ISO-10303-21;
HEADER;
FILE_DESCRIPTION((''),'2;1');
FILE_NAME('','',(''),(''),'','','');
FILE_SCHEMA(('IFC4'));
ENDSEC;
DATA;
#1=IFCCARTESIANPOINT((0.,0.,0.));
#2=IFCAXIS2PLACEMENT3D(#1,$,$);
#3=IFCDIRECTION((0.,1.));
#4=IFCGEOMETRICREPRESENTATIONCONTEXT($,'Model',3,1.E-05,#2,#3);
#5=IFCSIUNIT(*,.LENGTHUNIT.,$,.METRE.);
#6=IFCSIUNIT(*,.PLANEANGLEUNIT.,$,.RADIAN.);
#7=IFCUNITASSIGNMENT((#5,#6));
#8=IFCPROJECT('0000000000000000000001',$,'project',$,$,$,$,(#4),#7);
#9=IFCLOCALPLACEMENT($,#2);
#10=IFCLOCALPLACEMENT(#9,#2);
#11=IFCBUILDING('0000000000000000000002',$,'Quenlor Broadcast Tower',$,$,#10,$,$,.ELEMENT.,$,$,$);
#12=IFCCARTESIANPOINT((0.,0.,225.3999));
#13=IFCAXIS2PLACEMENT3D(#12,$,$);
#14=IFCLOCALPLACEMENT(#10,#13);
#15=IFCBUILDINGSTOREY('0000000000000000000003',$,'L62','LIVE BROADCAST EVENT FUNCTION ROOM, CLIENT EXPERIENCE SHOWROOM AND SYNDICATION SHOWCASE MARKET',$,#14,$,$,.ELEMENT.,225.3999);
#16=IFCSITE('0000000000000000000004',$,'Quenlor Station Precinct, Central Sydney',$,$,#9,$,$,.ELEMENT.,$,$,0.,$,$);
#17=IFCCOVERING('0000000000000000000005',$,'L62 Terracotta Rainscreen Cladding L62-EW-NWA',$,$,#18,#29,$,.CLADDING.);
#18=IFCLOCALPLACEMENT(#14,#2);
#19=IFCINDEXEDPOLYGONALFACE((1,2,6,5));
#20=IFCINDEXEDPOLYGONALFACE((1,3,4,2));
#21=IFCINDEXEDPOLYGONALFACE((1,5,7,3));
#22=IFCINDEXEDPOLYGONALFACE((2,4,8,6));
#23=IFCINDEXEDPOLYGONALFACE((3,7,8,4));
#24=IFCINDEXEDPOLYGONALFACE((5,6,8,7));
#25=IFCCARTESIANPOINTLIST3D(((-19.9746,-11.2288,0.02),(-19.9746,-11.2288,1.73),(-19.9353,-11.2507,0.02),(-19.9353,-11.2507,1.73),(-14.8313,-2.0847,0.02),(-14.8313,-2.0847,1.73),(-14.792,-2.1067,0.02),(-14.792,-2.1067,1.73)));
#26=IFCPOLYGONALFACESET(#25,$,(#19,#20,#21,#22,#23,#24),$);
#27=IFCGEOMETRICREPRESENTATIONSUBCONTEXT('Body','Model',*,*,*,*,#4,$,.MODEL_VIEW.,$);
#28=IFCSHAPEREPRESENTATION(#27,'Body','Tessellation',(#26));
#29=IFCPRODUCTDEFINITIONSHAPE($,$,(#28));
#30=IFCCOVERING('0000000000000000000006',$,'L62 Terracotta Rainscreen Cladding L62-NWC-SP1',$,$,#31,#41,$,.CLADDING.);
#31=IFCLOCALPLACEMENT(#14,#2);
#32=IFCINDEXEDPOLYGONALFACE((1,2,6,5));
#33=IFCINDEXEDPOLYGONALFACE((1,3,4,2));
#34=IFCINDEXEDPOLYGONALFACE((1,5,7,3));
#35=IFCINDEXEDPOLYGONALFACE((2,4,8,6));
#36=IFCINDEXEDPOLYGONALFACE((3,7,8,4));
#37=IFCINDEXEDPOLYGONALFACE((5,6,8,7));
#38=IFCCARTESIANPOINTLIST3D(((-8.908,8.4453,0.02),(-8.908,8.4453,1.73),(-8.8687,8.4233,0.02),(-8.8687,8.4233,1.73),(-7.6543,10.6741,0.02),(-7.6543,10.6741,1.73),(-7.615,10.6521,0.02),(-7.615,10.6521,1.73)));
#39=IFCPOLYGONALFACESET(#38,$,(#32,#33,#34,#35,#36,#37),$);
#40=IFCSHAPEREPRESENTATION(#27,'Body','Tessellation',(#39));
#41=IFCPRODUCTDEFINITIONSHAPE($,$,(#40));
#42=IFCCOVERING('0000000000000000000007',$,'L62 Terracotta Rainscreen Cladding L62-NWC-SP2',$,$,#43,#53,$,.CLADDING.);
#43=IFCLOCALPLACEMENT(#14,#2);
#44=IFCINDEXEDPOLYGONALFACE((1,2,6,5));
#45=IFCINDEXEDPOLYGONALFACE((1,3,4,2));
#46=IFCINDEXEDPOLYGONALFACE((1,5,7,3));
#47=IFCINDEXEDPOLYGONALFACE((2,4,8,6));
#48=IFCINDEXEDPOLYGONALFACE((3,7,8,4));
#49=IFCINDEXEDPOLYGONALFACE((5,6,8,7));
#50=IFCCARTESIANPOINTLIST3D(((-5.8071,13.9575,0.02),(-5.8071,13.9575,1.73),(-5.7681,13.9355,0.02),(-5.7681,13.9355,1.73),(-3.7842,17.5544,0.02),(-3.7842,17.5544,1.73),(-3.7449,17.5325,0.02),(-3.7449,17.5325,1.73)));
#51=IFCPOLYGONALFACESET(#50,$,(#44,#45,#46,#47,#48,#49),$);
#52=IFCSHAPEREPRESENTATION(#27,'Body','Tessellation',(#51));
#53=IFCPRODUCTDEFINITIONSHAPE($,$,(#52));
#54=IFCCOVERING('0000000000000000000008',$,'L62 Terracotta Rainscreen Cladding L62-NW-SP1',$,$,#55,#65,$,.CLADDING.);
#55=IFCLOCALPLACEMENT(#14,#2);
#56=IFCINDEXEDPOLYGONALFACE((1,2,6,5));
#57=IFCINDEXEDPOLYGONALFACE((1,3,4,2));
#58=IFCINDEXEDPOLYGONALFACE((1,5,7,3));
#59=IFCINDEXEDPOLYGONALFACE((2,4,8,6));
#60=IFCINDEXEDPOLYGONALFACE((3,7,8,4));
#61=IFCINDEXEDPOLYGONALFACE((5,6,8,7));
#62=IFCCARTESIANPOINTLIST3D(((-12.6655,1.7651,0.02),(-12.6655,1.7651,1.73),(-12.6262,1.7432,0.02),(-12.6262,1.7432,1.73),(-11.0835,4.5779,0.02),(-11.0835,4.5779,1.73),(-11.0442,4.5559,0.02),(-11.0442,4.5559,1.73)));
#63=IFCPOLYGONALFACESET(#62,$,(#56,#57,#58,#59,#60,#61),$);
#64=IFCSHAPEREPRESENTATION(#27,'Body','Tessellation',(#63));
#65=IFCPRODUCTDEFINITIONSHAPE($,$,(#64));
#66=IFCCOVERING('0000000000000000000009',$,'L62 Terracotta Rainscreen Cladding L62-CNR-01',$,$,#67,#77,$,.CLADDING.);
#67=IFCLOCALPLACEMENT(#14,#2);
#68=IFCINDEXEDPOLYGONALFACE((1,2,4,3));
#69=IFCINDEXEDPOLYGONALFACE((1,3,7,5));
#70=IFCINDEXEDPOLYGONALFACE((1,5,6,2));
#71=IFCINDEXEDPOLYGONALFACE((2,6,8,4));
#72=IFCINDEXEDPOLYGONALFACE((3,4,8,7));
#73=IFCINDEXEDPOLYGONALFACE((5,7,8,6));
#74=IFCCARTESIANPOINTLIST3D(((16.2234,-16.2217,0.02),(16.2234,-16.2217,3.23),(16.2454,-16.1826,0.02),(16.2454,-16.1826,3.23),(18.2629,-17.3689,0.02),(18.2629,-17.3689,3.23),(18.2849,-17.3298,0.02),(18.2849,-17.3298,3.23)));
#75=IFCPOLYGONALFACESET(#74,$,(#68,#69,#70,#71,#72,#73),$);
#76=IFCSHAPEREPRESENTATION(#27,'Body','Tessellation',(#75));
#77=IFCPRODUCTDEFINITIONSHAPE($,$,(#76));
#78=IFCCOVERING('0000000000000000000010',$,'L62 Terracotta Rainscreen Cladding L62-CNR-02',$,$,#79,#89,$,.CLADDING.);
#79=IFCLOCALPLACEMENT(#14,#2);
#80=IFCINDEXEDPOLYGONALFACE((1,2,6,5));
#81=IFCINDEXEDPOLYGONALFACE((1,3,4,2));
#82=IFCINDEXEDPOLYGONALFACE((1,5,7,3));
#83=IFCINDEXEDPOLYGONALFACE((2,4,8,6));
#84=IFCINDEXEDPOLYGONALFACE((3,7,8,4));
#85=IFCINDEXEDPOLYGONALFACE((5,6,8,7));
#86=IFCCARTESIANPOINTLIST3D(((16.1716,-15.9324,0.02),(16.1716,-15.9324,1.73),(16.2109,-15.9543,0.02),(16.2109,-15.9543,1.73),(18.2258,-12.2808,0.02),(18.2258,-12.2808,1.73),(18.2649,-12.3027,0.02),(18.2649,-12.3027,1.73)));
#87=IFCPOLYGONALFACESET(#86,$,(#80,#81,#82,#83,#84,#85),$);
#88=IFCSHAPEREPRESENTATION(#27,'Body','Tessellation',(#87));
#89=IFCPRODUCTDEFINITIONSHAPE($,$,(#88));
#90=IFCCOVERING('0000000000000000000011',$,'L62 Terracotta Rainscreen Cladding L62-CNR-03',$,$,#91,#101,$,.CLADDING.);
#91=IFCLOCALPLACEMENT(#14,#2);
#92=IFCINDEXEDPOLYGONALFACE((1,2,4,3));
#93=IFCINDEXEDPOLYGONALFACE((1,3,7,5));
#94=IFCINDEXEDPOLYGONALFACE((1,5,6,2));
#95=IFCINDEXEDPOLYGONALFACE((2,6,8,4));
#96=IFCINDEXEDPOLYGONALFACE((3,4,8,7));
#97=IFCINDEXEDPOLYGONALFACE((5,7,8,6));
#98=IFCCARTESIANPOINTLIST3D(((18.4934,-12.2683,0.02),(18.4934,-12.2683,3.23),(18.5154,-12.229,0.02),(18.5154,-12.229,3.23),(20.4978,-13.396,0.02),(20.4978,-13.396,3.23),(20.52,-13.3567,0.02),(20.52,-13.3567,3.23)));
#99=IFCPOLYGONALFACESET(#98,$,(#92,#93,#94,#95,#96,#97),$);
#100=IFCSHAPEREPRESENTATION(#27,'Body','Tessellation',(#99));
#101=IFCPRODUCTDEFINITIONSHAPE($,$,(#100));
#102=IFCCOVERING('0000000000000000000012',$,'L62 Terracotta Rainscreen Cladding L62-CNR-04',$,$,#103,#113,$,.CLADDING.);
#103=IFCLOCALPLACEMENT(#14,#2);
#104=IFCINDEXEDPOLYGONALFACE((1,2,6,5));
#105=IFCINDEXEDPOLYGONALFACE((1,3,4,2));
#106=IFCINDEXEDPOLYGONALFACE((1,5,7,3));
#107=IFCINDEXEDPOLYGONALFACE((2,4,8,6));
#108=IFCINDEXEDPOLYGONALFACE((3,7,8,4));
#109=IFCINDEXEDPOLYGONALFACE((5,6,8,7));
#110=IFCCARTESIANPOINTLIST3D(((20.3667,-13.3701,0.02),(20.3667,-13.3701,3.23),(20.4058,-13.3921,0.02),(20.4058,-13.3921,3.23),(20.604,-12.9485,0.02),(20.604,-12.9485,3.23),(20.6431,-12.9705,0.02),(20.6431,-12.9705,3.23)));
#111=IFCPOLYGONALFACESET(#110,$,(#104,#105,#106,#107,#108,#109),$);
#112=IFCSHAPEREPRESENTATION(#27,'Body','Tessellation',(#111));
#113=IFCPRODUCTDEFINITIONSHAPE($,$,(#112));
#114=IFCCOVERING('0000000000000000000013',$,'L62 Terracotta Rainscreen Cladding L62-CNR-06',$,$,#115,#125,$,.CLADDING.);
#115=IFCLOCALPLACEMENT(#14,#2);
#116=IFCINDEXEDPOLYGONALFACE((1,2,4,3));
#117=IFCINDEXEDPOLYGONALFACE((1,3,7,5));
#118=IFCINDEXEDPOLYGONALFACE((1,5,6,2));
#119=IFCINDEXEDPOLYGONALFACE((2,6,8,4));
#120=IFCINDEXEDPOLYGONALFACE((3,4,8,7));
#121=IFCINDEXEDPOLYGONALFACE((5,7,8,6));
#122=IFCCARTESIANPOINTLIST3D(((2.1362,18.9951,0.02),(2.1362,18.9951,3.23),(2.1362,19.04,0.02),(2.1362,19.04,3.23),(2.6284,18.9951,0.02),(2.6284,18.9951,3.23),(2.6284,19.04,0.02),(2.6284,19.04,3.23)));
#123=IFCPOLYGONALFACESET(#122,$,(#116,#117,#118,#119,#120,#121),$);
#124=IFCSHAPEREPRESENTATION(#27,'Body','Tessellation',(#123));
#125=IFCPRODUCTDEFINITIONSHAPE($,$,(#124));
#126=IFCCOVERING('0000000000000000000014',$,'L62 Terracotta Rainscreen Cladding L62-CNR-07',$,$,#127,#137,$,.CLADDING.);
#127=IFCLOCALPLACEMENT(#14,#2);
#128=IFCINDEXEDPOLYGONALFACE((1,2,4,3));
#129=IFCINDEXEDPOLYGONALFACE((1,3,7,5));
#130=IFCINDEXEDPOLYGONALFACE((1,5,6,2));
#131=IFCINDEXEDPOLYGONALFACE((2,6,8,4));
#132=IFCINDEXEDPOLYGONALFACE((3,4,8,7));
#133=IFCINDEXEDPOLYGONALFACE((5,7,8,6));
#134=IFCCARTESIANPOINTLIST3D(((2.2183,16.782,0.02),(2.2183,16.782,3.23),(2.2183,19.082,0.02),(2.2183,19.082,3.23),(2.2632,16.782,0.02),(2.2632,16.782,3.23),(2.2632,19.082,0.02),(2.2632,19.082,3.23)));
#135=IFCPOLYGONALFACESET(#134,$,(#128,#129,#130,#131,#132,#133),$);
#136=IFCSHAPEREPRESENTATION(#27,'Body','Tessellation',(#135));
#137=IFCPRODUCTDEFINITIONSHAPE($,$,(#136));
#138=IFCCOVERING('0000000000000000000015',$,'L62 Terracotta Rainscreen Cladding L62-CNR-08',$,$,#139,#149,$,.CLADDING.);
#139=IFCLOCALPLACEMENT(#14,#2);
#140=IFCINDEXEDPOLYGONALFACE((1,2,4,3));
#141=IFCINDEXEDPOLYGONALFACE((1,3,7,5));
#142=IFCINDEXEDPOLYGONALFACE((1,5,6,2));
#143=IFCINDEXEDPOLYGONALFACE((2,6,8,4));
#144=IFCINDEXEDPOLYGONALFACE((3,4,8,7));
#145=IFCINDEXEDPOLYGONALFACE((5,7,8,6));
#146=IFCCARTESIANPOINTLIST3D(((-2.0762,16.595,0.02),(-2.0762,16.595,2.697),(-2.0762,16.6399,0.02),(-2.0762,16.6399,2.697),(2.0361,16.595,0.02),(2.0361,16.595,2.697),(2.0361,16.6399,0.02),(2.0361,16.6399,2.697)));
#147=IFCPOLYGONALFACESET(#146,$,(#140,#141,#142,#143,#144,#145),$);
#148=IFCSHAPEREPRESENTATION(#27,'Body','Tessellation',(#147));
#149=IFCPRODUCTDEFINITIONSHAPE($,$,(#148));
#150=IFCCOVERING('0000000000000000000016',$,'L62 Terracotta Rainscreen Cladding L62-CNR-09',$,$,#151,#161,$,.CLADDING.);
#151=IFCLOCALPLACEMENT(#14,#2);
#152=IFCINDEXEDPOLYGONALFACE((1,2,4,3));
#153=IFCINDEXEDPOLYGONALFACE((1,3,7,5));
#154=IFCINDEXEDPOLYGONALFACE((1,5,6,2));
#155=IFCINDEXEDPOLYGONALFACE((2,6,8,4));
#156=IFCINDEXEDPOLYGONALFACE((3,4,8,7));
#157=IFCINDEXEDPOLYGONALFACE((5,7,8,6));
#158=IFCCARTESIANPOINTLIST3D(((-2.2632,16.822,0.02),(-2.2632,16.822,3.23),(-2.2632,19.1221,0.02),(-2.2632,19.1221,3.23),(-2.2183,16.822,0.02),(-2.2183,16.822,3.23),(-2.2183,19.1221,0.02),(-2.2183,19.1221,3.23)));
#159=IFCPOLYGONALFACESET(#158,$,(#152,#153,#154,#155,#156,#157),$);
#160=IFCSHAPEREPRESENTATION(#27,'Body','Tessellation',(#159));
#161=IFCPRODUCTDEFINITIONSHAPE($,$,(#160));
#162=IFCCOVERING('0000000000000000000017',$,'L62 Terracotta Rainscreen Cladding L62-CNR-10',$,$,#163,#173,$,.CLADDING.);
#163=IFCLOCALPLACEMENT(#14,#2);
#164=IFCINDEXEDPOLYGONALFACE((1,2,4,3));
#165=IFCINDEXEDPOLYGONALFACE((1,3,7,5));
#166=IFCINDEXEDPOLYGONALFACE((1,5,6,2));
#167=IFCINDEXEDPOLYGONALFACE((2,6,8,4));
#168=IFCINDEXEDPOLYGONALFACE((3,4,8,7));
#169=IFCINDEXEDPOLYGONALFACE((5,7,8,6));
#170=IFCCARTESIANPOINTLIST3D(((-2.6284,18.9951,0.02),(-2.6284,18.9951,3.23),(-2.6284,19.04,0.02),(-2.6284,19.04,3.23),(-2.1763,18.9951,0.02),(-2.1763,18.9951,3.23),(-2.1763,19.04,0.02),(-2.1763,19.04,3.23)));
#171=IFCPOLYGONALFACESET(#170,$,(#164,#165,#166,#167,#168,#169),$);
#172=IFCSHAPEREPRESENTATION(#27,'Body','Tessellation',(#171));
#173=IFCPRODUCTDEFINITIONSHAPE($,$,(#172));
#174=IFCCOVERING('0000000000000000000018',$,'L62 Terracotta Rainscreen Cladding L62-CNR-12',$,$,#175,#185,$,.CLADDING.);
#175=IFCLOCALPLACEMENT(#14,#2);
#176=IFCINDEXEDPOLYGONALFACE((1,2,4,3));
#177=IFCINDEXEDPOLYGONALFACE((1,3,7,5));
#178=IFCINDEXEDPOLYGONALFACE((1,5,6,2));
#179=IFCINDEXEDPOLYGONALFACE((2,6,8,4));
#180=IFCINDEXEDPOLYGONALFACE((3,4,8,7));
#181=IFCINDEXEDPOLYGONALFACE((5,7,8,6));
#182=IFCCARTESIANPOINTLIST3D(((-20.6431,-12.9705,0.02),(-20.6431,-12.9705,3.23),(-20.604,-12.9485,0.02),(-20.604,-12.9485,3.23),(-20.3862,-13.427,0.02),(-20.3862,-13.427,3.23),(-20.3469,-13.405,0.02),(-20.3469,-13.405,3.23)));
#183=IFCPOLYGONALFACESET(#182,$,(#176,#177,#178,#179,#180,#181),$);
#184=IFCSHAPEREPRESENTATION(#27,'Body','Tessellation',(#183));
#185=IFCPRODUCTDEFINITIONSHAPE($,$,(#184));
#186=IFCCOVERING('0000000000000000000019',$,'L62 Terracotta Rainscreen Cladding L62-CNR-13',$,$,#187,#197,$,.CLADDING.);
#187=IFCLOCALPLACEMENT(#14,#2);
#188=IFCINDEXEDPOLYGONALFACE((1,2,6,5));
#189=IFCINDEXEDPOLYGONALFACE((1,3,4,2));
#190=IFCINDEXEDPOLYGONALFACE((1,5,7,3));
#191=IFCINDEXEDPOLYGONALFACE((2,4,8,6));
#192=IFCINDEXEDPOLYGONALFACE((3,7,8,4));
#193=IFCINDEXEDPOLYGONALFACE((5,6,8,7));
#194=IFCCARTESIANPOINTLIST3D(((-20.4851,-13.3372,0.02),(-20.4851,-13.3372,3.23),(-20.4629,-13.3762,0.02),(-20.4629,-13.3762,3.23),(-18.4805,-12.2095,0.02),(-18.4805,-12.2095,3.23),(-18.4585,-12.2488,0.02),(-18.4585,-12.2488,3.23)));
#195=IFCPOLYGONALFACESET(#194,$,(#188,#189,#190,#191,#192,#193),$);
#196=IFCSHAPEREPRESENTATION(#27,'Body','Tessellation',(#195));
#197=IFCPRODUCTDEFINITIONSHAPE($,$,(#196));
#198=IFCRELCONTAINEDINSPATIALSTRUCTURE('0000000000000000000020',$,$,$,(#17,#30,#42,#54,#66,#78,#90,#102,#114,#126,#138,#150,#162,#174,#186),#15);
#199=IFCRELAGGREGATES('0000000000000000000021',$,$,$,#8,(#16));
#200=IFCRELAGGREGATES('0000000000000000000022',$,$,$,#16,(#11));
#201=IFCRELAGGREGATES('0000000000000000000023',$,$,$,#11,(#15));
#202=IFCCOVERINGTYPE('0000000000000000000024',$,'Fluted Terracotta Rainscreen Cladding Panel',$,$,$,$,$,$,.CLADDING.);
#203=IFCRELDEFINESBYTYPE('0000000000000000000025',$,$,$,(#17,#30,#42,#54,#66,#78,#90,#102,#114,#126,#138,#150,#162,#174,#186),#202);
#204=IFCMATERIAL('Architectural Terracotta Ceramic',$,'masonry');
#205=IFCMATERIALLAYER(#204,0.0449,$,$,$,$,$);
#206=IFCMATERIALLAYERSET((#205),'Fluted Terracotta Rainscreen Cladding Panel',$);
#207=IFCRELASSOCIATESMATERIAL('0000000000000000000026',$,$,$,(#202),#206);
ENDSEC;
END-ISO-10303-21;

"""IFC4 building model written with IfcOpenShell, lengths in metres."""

from ifc_helpers import new_model, si_unit, direction, frame, origin, place, context, subcontext, project, spatial, polyline, outline, extrude, material, layer, layer_set, type_object, element, save


model = new_model("IFC4")

# Units and contexts
model_context = context("Model", 3, precision=1e-05, world=origin(), true_north=direction((0.0, 1.0)))
body_context = subcontext(model_context, "Body", "Model", "MODEL_VIEW")
ifc_project = project(units=[si_unit("LENGTHUNIT", "METRE"), si_unit("PLANEANGLEUNIT", "RADIAN")], contexts=[model_context])

# Site, building, storey
site_placement = place(None, origin())
site = spatial("IfcSite", under=ifc_project, at=site_placement, Name="Quenlor Station Precinct, Central Sydney", CompositionType="ELEMENT", RefElevation=0.0)
building_placement = place(site_placement, origin())
building = spatial("IfcBuilding", under=site, at=building_placement, Name="Quenlor Broadcast Tower", CompositionType="ELEMENT")
storey_placement = place(building_placement, frame((0.0, 0.0, 225.3999)))
storey = spatial("IfcBuildingStorey", under=building, at=storey_placement, Name="L62", Description="LIVE BROADCAST EVENT FUNCTION ROOM, CLIENT EXPERIENCE SHOWROOM AND SYNDICATION SHOWCASE MARKET", CompositionType="ELEMENT", Elevation=225.3999)

# Coverings
ifc_material_1 = material(Name="Architectural Terracotta Ceramic", Category="masonry")
ifc_layer_1 = layer(ifc_material_1, 0.0449)
ifc_layer_set_1 = layer_set([ifc_layer_1], Name="Fluted Terracotta Rainscreen Cladding Panel")
covering_type = type_object("IfcCoveringType", Name="Fluted Terracotta Rainscreen Cladding Panel", PredefinedType="CLADDING", material=ifc_layer_set_1)
covering_1_placement = place(storey_placement, frame((0.0, 0.0, 0.02)))
element("IfcCovering", 1, at=covering_1_placement, inside=storey, type_object=covering_type, Name="L62 Terracotta Rainscreen Cladding L62-EW-NWA", PredefinedType="CLADDING", context=body_context, shape_type="SweptSolid", body=[
    extrude(outline(polyline([(-19.9353, -11.2507), (-14.792, -2.1067), (-14.8313, -2.0847), (-19.9746, -11.2288), (-19.9353, -11.2507)])), origin(), (0.0, 0.0, 1.0), 1.71),
])
covering_2_placement = place(storey_placement, frame((0.0, 0.0, 0.02)))
element("IfcCovering", 2, at=covering_2_placement, inside=storey, type_object=covering_type, Name="L62 Terracotta Rainscreen Cladding L62-NWC-SP1", PredefinedType="CLADDING", context=body_context, shape_type="SweptSolid", body=[
    extrude(outline(polyline([(-8.8687, 8.4233), (-7.615, 10.6521), (-7.6543, 10.6741), (-8.908, 8.4453), (-8.8687, 8.4233)])), origin(), (0.0, 0.0, 1.0), 1.71),
])
covering_3_placement = place(storey_placement, frame((0.0, 0.0, 0.02)))
element("IfcCovering", 3, at=covering_3_placement, inside=storey, type_object=covering_type, Name="L62 Terracotta Rainscreen Cladding L62-NWC-SP2", PredefinedType="CLADDING", context=body_context, shape_type="SweptSolid", body=[
    extrude(outline(polyline([(-5.7681, 13.9355), (-3.7449, 17.5325), (-3.7842, 17.5544), (-5.8071, 13.9575), (-5.7681, 13.9355)])), origin(), (0.0, 0.0, 1.0), 1.71),
])
covering_4_placement = place(storey_placement, frame((0.0, 0.0, 0.02)))
element("IfcCovering", 4, at=covering_4_placement, inside=storey, type_object=covering_type, Name="L62 Terracotta Rainscreen Cladding L62-NW-SP1", PredefinedType="CLADDING", context=body_context, shape_type="SweptSolid", body=[
    extrude(outline(polyline([(-12.6262, 1.7432), (-11.0442, 4.5559), (-11.0835, 4.5779), (-12.6655, 1.7651), (-12.6262, 1.7432)])), origin(), (0.0, 0.0, 1.0), 1.71),
])
covering_5_placement = place(storey_placement, frame((0.0, 0.0, 0.02)))
element("IfcCovering", 5, at=covering_5_placement, inside=storey, type_object=covering_type, Name="L62 Terracotta Rainscreen Cladding L62-CNR-01", PredefinedType="CLADDING", context=body_context, shape_type="SweptSolid", body=[
    extrude(outline(polyline([(18.2849, -17.3298), (16.2454, -16.1826), (16.2234, -16.2217), (18.2629, -17.3689), (18.2849, -17.3298)])), origin(), (0.0, 0.0, 1.0), 3.21),
])
covering_6_placement = place(storey_placement, frame((0.0, 0.0, 0.02)))
element("IfcCovering", 6, at=covering_6_placement, inside=storey, type_object=covering_type, Name="L62 Terracotta Rainscreen Cladding L62-CNR-02", PredefinedType="CLADDING", context=body_context, shape_type="SweptSolid", body=[
    extrude(outline(polyline([(16.2109, -15.9543), (18.2649, -12.3027), (18.2258, -12.2808), (16.1716, -15.9324), (16.2109, -15.9543)])), origin(), (0.0, 0.0, 1.0), 1.71),
])
covering_7_placement = place(storey_placement, frame((0.0, 0.0, 0.02)))
element("IfcCovering", 7, at=covering_7_placement, inside=storey, type_object=covering_type, Name="L62 Terracotta Rainscreen Cladding L62-CNR-03", PredefinedType="CLADDING", context=body_context, shape_type="SweptSolid", body=[
    extrude(outline(polyline([(18.4934, -12.2683), (20.4978, -13.396), (20.52, -13.3567), (18.5154, -12.229), (18.4934, -12.2683)])), origin(), (0.0, 0.0, 1.0), 3.21),
])
covering_8_placement = place(storey_placement, frame((0.0, 0.0, 0.02)))
element("IfcCovering", 8, at=covering_8_placement, inside=storey, type_object=covering_type, Name="L62 Terracotta Rainscreen Cladding L62-CNR-04", PredefinedType="CLADDING", context=body_context, shape_type="SweptSolid", body=[
    extrude(outline(polyline([(20.4058, -13.3921), (20.6431, -12.9705), (20.604, -12.9485), (20.3667, -13.3701), (20.4058, -13.3921)])), origin(), (0.0, 0.0, 1.0), 3.21),
])
covering_9_placement = place(storey_placement, frame((0.0, 0.0, 0.02)))
element("IfcCovering", 9, at=covering_9_placement, inside=storey, type_object=covering_type, Name="L62 Terracotta Rainscreen Cladding L62-CNR-06", PredefinedType="CLADDING", context=body_context, shape_type="SweptSolid", body=[
    extrude(outline(polyline([(2.6284, 19.04), (2.1362, 19.04), (2.1362, 18.9951), (2.6284, 18.9951), (2.6284, 19.04)])), origin(), (0.0, 0.0, 1.0), 3.21),
])
covering_10_placement = place(storey_placement, frame((0.0, 0.0, 0.02)))
element("IfcCovering", 10, at=covering_10_placement, inside=storey, type_object=covering_type, Name="L62 Terracotta Rainscreen Cladding L62-CNR-07", PredefinedType="CLADDING", context=body_context, shape_type="SweptSolid", body=[
    extrude(outline(polyline([(2.2183, 19.082), (2.2183, 16.782), (2.2632, 16.782), (2.2632, 19.082), (2.2183, 19.082)])), origin(), (0.0, 0.0, 1.0), 3.21),
])
covering_11_placement = place(storey_placement, frame((0.0, 0.0, 0.02)))
element("IfcCovering", 11, at=covering_11_placement, inside=storey, type_object=covering_type, Name="L62 Terracotta Rainscreen Cladding L62-CNR-08", PredefinedType="CLADDING", context=body_context, shape_type="SweptSolid", body=[
    extrude(outline(polyline([(2.0361, 16.6399), (-2.0762, 16.6399), (-2.0762, 16.595), (2.0361, 16.595), (2.0361, 16.6399)])), origin(), (0.0, 0.0, 1.0), 2.677),
])
covering_12_placement = place(storey_placement, frame((0.0, 0.0, 0.02)))
element("IfcCovering", 12, at=covering_12_placement, inside=storey, type_object=covering_type, Name="L62 Terracotta Rainscreen Cladding L62-CNR-09", PredefinedType="CLADDING", context=body_context, shape_type="SweptSolid", body=[
    extrude(outline(polyline([(-2.2183, 16.822), (-2.2183, 19.1221), (-2.2632, 19.1221), (-2.2632, 16.822), (-2.2183, 16.822)])), origin(), (0.0, 0.0, 1.0), 3.21),
])
covering_13_placement = place(storey_placement, frame((0.0, 0.0, 0.02)))
element("IfcCovering", 13, at=covering_13_placement, inside=storey, type_object=covering_type, Name="L62 Terracotta Rainscreen Cladding L62-CNR-10", PredefinedType="CLADDING", context=body_context, shape_type="SweptSolid", body=[
    extrude(outline(polyline([(-2.1763, 19.04), (-2.6284, 19.04), (-2.6284, 18.9951), (-2.1763, 18.9951), (-2.1763, 19.04)])), origin(), (0.0, 0.0, 1.0), 3.21),
])
covering_14_placement = place(storey_placement, frame((0.0, 0.0, 0.02)))
element("IfcCovering", 14, at=covering_14_placement, inside=storey, type_object=covering_type, Name="L62 Terracotta Rainscreen Cladding L62-CNR-12", PredefinedType="CLADDING", context=body_context, shape_type="SweptSolid", body=[
    extrude(outline(polyline([(-20.6431, -12.9705), (-20.3862, -13.427), (-20.3469, -13.405), (-20.604, -12.9485), (-20.6431, -12.9705)])), origin(), (0.0, 0.0, 1.0), 3.21),
])
covering_15_placement = place(storey_placement, frame((0.0, 0.0, 0.02)))
element("IfcCovering", 15, at=covering_15_placement, inside=storey, type_object=covering_type, Name="L62 Terracotta Rainscreen Cladding L62-CNR-13", PredefinedType="CLADDING", context=body_context, shape_type="SweptSolid", body=[
    extrude(outline(polyline([(-20.4629, -13.3762), (-18.4585, -12.2488), (-18.4805, -12.2095), (-20.4851, -13.3372), (-20.4629, -13.3762)])), origin(), (0.0, 0.0, 1.0), 3.21),
])

save(model, "model.ifc")
